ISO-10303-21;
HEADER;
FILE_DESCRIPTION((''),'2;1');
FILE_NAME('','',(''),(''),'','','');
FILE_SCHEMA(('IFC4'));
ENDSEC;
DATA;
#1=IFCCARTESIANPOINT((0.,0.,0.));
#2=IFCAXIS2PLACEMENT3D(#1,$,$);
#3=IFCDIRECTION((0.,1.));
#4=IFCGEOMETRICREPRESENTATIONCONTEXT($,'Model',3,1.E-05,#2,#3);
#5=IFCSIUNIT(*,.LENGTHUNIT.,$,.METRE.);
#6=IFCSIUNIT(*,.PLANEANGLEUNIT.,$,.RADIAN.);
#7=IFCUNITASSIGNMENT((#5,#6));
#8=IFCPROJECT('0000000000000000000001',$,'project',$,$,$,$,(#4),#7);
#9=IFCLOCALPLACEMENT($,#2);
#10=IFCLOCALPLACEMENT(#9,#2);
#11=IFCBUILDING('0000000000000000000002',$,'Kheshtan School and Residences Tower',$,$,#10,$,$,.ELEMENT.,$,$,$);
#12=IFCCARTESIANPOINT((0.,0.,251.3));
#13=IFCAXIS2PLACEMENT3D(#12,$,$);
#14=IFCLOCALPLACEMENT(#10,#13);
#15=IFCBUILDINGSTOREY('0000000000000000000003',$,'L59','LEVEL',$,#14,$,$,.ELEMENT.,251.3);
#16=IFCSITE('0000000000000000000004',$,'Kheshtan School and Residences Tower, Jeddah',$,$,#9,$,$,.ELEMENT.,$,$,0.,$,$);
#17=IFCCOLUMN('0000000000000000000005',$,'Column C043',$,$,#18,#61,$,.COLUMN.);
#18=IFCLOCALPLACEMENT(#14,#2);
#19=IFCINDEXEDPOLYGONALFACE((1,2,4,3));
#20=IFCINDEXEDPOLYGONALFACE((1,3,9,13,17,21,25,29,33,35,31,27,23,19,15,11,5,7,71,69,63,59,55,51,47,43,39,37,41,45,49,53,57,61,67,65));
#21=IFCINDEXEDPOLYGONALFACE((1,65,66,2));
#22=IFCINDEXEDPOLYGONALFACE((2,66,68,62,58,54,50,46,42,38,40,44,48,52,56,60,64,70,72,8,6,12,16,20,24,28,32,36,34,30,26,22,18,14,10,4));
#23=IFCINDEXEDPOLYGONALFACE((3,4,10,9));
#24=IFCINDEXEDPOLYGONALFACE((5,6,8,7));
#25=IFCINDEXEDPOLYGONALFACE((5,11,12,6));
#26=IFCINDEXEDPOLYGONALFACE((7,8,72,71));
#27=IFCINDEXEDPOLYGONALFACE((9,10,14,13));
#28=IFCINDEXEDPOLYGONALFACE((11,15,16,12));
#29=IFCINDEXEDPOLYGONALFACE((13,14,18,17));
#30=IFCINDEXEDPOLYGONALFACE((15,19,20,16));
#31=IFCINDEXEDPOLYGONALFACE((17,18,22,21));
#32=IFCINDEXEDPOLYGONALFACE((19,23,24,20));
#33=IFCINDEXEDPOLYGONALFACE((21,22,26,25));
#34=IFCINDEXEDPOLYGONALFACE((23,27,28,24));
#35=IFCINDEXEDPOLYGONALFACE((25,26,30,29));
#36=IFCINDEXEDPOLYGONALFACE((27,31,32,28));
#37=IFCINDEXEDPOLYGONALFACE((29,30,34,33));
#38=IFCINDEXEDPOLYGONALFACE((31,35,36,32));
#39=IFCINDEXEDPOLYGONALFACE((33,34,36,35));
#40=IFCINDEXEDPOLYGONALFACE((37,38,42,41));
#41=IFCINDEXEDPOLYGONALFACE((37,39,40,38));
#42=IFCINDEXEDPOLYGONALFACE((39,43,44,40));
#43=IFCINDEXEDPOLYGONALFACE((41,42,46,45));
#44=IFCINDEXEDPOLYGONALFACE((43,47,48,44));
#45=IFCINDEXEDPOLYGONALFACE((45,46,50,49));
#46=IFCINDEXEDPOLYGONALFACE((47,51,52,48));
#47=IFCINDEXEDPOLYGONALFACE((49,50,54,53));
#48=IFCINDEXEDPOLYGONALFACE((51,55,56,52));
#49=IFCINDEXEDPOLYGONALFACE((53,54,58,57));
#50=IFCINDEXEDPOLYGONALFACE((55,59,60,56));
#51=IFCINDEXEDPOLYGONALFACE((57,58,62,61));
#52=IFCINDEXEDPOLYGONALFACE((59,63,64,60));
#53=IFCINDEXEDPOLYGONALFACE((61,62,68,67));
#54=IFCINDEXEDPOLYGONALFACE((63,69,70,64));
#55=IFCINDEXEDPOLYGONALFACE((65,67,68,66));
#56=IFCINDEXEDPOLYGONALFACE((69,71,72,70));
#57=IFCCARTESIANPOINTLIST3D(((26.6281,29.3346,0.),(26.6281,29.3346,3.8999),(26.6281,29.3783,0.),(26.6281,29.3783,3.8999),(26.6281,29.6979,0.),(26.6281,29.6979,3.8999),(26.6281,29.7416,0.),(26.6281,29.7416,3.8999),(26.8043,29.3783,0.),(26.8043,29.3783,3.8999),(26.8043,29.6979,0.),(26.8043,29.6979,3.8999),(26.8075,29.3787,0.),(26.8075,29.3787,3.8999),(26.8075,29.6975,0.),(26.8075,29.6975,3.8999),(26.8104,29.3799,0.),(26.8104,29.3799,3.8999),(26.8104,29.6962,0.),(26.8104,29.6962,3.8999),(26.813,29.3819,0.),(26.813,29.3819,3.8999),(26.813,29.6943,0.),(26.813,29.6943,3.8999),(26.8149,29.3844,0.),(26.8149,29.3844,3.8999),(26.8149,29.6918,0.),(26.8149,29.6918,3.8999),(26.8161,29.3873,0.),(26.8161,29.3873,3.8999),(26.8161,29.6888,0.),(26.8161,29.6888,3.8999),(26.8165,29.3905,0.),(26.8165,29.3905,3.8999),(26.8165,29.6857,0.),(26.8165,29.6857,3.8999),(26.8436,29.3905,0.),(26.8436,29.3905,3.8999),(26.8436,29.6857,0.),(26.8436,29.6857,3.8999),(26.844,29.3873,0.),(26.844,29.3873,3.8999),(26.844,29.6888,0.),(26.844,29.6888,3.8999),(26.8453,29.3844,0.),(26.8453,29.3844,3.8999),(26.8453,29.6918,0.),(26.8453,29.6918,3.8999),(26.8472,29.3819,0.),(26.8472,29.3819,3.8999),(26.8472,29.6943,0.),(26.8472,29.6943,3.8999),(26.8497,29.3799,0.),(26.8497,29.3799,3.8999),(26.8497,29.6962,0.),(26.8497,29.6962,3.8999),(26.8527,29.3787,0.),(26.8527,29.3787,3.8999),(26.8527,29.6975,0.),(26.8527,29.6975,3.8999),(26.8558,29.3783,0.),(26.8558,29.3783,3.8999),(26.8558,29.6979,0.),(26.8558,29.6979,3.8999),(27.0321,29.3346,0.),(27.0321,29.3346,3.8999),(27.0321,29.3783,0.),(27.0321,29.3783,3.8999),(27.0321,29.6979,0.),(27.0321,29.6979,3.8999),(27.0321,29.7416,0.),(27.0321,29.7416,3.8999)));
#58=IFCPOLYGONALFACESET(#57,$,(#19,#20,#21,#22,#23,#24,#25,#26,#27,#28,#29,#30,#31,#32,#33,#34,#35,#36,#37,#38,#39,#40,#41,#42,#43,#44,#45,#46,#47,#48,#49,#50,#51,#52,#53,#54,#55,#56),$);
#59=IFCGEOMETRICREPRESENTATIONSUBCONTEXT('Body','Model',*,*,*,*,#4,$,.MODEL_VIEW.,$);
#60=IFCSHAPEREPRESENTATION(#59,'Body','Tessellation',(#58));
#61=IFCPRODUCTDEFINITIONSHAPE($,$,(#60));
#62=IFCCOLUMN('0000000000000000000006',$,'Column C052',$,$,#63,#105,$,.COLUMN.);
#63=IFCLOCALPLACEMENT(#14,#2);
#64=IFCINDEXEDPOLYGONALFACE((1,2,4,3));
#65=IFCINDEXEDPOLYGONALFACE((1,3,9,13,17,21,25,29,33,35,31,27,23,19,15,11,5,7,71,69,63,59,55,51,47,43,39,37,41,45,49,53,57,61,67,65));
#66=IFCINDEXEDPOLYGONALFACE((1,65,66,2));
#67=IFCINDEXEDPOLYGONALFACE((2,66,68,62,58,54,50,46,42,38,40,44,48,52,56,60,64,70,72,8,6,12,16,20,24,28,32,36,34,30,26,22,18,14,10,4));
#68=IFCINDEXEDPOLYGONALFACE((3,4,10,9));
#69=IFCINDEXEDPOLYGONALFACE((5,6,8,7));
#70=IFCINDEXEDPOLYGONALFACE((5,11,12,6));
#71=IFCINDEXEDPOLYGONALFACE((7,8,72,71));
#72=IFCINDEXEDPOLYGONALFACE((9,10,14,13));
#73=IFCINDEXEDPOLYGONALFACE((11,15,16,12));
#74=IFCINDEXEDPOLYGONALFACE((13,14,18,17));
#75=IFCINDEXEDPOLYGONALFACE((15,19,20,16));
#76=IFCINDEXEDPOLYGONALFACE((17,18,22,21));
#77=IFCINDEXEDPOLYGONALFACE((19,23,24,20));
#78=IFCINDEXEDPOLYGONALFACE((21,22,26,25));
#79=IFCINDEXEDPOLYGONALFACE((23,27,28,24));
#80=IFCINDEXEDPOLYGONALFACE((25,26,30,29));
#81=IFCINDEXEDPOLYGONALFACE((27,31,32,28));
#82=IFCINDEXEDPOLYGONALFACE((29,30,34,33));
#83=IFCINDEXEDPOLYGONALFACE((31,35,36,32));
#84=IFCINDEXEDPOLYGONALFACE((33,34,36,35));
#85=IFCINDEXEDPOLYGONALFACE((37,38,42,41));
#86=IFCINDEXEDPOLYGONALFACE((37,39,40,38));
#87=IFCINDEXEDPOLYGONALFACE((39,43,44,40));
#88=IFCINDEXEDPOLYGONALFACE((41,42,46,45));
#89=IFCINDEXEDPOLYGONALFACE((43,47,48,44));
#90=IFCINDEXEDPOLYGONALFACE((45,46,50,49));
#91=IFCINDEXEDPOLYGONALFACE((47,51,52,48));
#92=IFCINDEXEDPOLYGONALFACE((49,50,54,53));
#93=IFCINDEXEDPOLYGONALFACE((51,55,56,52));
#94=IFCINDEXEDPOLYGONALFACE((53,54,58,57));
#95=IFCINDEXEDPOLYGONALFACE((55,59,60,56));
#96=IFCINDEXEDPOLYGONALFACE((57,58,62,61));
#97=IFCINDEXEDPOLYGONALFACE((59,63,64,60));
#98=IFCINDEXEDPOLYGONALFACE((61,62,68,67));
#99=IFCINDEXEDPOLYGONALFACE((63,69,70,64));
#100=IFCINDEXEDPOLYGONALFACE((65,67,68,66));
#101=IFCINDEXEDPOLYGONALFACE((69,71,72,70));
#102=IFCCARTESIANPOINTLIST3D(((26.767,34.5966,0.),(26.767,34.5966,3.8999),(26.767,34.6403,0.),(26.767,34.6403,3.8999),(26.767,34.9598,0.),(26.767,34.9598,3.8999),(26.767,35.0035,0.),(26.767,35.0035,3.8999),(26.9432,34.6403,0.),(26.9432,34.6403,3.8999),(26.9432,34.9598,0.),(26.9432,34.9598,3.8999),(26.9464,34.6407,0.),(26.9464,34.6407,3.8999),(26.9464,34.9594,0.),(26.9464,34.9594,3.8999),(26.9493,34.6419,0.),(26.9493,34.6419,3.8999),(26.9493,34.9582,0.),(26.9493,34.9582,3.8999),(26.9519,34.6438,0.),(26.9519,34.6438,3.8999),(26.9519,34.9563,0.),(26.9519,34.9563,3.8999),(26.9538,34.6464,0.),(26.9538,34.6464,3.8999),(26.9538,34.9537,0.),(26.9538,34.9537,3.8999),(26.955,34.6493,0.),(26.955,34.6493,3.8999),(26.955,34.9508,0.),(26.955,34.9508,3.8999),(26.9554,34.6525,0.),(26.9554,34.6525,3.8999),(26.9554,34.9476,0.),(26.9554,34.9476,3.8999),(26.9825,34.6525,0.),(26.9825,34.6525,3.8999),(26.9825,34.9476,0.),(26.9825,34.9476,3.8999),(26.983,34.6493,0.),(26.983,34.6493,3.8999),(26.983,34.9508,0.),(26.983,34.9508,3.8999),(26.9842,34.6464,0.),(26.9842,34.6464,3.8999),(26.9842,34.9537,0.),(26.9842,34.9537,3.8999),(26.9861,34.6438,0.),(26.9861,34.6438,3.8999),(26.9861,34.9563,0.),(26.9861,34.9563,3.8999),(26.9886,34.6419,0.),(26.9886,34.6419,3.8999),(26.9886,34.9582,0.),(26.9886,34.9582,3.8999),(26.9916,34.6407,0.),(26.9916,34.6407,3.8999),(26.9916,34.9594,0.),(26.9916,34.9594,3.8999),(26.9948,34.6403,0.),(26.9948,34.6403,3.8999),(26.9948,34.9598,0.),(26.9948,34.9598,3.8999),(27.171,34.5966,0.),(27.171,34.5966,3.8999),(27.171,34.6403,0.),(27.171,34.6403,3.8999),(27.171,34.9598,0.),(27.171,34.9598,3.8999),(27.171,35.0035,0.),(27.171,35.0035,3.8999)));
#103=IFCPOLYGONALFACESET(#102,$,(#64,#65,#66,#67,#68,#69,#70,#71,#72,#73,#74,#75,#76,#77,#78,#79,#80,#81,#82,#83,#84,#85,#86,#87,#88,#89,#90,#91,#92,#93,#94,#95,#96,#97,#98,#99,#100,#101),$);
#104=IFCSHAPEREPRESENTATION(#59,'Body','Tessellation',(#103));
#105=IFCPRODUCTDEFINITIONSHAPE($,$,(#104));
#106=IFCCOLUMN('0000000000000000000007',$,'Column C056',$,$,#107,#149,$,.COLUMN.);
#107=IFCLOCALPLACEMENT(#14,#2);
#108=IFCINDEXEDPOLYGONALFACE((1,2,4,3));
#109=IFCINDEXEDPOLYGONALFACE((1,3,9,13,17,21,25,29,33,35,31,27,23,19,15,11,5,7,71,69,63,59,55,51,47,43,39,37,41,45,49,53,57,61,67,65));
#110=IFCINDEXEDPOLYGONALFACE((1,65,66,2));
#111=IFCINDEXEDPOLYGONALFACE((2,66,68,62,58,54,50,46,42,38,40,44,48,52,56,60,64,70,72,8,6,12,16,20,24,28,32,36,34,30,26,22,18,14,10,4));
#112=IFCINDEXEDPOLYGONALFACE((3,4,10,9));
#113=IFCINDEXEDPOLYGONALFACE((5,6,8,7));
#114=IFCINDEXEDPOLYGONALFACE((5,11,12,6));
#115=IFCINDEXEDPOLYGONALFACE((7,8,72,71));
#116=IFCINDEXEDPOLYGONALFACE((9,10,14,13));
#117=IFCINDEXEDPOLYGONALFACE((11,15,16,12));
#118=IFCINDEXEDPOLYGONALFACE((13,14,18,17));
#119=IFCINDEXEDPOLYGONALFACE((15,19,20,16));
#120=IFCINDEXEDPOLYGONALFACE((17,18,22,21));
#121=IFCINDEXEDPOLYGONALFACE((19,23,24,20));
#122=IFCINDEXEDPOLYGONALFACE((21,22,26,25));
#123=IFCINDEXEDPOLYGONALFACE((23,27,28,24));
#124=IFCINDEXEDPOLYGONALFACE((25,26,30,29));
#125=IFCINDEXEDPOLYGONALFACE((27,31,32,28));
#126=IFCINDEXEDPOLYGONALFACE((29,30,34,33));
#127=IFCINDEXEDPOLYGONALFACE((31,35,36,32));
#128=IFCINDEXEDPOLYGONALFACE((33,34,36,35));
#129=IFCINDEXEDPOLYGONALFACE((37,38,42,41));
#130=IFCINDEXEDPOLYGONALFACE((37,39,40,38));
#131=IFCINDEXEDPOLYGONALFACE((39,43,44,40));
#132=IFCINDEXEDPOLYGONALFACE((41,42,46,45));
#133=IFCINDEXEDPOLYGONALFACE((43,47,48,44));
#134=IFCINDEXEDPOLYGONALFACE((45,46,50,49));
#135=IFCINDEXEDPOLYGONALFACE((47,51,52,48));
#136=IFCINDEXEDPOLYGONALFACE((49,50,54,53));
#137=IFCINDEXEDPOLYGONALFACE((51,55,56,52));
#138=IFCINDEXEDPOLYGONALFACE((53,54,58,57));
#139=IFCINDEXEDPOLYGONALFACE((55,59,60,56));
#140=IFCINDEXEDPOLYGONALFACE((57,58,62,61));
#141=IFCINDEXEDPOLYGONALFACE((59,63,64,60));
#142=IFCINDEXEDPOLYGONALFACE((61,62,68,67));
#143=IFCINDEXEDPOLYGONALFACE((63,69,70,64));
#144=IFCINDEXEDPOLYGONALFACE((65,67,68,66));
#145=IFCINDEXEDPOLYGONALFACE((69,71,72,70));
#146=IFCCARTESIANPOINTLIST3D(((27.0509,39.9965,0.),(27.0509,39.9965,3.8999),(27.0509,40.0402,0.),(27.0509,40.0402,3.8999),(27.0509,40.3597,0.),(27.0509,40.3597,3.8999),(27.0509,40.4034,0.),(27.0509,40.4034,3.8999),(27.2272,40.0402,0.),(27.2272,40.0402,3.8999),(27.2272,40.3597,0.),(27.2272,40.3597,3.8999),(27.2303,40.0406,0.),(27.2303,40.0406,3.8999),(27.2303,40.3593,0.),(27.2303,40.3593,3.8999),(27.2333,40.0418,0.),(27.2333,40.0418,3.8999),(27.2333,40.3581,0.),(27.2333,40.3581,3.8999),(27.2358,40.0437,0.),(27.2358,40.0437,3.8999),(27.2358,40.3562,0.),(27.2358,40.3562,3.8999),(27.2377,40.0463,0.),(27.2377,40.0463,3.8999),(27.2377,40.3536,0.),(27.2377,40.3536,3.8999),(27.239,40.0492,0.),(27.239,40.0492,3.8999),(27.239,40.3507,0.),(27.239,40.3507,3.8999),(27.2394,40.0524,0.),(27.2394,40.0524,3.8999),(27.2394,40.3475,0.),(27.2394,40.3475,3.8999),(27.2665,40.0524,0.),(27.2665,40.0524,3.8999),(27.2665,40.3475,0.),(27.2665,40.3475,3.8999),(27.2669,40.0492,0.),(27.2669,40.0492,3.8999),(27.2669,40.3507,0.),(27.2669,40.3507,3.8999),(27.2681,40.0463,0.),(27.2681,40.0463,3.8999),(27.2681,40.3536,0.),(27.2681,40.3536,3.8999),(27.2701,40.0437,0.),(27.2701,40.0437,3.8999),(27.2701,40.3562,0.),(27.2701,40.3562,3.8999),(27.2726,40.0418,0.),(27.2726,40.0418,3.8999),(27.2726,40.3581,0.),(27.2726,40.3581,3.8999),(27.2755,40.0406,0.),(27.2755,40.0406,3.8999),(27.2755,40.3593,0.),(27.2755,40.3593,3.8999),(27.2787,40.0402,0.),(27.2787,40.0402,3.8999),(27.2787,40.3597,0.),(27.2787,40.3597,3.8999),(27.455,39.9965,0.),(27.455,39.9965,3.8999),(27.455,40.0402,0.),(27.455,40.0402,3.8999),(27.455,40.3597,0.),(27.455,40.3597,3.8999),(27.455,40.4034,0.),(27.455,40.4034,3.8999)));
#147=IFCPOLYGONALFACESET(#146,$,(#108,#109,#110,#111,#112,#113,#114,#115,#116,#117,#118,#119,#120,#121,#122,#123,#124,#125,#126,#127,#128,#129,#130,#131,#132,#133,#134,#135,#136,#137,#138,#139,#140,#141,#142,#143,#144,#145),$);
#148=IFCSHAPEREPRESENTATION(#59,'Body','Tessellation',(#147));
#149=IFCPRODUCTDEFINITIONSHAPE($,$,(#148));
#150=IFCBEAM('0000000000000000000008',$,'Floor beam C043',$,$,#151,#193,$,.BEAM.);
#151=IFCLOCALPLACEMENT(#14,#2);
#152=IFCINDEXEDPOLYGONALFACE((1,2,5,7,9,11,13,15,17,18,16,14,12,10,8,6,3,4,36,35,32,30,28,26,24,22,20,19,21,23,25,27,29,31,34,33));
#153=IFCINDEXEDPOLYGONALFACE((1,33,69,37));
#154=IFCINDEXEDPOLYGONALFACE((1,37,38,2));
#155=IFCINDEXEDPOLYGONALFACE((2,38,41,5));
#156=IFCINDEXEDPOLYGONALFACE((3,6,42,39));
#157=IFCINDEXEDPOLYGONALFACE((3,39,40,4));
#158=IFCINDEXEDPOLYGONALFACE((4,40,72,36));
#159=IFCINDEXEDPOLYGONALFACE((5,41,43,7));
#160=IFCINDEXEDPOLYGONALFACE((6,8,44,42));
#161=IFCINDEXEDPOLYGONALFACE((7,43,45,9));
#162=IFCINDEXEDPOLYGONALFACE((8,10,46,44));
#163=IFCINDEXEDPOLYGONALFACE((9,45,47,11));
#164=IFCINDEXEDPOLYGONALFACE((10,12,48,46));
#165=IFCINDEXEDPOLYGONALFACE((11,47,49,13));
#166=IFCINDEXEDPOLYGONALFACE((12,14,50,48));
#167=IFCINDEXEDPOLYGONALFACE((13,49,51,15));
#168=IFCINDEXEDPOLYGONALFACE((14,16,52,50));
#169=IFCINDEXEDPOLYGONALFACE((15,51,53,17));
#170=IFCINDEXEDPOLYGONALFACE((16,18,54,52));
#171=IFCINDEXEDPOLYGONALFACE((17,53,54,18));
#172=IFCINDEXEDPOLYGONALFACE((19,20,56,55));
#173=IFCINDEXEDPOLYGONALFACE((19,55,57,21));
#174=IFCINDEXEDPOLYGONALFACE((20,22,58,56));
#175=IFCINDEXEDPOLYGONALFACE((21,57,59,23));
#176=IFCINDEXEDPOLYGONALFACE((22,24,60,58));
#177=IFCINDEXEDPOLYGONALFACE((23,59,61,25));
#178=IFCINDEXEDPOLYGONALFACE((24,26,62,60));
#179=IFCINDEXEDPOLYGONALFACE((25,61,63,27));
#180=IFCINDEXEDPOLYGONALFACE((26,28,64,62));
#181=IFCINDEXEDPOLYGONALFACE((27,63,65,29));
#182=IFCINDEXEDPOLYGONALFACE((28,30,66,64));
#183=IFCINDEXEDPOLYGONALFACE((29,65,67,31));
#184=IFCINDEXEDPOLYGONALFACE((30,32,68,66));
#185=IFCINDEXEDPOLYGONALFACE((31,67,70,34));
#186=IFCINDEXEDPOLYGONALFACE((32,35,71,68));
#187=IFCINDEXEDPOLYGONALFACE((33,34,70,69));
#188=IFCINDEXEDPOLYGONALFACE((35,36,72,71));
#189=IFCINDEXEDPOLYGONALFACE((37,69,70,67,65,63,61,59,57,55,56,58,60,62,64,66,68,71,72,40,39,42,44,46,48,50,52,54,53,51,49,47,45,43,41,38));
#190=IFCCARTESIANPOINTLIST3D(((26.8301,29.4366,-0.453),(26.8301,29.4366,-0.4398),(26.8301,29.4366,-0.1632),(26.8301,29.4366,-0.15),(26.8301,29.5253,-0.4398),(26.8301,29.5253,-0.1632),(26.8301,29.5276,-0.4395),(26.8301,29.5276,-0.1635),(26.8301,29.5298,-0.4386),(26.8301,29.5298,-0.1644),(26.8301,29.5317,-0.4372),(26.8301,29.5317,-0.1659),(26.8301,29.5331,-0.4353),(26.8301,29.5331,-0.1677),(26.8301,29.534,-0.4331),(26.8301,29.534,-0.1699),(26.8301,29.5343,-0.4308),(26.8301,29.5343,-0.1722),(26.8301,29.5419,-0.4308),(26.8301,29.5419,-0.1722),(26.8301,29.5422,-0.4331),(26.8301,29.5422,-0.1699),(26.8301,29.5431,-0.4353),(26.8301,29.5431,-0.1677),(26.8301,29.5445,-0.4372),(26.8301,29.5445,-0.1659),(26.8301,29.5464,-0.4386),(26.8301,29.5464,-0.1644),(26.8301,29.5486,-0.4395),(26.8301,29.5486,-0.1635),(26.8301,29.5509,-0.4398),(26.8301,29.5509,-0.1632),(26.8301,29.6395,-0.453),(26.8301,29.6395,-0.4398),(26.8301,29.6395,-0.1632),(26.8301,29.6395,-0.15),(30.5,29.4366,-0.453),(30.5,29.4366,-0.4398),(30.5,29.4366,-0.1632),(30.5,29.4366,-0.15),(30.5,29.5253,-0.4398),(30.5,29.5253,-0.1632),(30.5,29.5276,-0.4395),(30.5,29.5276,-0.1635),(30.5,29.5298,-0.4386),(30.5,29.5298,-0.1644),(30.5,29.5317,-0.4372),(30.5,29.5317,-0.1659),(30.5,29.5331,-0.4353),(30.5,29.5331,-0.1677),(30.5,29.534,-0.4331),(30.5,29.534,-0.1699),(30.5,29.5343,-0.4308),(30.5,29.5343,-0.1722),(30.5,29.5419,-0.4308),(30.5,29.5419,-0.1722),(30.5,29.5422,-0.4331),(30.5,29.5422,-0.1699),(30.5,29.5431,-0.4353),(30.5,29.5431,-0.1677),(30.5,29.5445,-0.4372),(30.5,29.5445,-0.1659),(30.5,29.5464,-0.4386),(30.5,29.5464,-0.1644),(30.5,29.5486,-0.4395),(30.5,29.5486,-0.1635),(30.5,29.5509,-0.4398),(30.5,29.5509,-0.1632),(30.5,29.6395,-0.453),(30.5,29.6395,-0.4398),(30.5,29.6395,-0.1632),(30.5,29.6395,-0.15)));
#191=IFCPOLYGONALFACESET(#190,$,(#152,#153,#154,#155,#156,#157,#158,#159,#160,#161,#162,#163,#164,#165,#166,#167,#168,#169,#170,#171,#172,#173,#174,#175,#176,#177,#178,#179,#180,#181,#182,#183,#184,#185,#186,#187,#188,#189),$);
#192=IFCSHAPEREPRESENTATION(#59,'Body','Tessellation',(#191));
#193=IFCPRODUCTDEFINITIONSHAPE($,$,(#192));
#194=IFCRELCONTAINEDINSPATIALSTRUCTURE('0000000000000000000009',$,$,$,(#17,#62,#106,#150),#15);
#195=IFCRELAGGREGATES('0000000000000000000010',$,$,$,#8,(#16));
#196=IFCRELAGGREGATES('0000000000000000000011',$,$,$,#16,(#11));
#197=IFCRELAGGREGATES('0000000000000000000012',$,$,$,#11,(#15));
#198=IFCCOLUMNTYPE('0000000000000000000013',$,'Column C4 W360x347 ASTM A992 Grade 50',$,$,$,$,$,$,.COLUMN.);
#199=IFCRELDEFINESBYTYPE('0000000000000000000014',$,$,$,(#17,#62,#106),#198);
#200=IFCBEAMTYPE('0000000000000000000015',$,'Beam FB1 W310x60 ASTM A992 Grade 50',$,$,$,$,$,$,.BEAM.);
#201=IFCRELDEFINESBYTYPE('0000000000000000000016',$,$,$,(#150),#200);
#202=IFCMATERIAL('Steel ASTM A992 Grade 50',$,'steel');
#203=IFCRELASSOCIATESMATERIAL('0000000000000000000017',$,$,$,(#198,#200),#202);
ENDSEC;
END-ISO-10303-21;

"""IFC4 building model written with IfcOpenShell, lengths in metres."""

from ifc_helpers import new_model, si_unit, direction, frame, origin, origin_2d, place, context, subcontext, project, spatial, i_section, extrude, material, material_profile, profile_set, type_object, element, save


model = new_model("IFC4")

# Units and contexts
model_context = context("Model", 3, precision=1e-05, world=origin(), true_north=direction((0.0, 1.0)))
body_context = subcontext(model_context, "Body", "Model", "MODEL_VIEW")
ifc_project = project(units=[si_unit("LENGTHUNIT", "METRE"), si_unit("PLANEANGLEUNIT", "RADIAN")], contexts=[model_context])

# Site, building, storey
site_placement = place(None, origin())
site = spatial("IfcSite", under=ifc_project, at=site_placement, Name="Kheshtan School and Residences Tower, Jeddah", CompositionType="ELEMENT", RefElevation=0.0)
building_placement = place(site_placement, origin())
building = spatial("IfcBuilding", under=site, at=building_placement, Name="Kheshtan School and Residences Tower", CompositionType="ELEMENT")
storey_placement = place(building_placement, frame((0.0, 0.0, 251.3)))
storey = spatial("IfcBuildingStorey", under=building, at=storey_placement, Name="L59", Description="LEVEL", CompositionType="ELEMENT", Elevation=251.3)

# Columns
ifc_material_1 = material(Name="Steel ASTM A992 Grade 50", Category="steel")
ifc_material_profile_1 = material_profile(ifc_material_1, i_section(OverallWidth=0.4041, OverallDepth=0.407, WebThickness=0.0271, FlangeThickness=0.0437, FilletRadius=0.0122, at=origin_2d()), Name="W360x347")
ifc_profile_set_1 = profile_set([ifc_material_profile_1], Name="Steel ASTM A992 Grade 50")
column_type = type_object("IfcColumnType", Name="Column C4 W360x347 ASTM A992 Grade 50", PredefinedType="COLUMN", material=ifc_profile_set_1)
for number, where, z_axis, x_axis, name in (
    (1, (26.8301, 29.5381, 0.0), (0.0, 0.0, 1.0), (1.0, 0.0, 0.0), "Column C043"),
    (2, (26.969, 34.8, 0.0), (0.0, 0.0, 1.0), (1.0, 0.0, 0.0), "Column C052"),
    (3, (27.2529, 40.2, 0.0), (0.0, 0.0, 1.0), (1.0, 0.0, 0.0), "Column C056"),
):
    element("IfcColumn", number, at=place(storey_placement, frame(where, z_axis=z_axis, x_axis=x_axis)), inside=storey, type_object=column_type, Name=name, PredefinedType="COLUMN", context=body_context, shape_type="SweptSolid", body=[
        extrude(i_section(OverallWidth=0.4041, OverallDepth=0.407, WebThickness=0.0271, FlangeThickness=0.0437, FilletRadius=0.0122, at=origin_2d()), origin(), (0.0, 0.0, 1.0), 3.8999),
    ])

# Beam
ifc_material_profile_2 = material_profile(ifc_material_1, i_section(OverallWidth=0.2029, OverallDepth=0.303, WebThickness=0.0076, FlangeThickness=0.0132, FilletRadius=0.009, at=origin_2d()), Name="W310x60")
ifc_profile_set_2 = profile_set([ifc_material_profile_2], Name="Steel ASTM A992 Grade 50")
beam_type_1 = type_object("IfcBeamType", Name="Beam FB1 W310x60 ASTM A992 Grade 50", PredefinedType="BEAM", material=ifc_profile_set_2)
beam_1_placement = place(storey_placement, frame((26.8301, 29.5381, -0.3015), z_axis=(1.0, 0.0, 0.0), x_axis=(0.0, 1.0, 0.0)))
element("IfcBeam", 4, at=beam_1_placement, inside=storey, type_object=beam_type_1, Name="Floor beam C043", PredefinedType="BEAM", context=body_context, shape_type="SweptSolid", body=[
    extrude(i_section(OverallWidth=0.2029, OverallDepth=0.303, WebThickness=0.0076, FlangeThickness=0.0132, FilletRadius=0.009, at=origin_2d()), origin(), (0.0, 0.0, 1.0), 3.6699),
])

save(model, "model.ifc")
